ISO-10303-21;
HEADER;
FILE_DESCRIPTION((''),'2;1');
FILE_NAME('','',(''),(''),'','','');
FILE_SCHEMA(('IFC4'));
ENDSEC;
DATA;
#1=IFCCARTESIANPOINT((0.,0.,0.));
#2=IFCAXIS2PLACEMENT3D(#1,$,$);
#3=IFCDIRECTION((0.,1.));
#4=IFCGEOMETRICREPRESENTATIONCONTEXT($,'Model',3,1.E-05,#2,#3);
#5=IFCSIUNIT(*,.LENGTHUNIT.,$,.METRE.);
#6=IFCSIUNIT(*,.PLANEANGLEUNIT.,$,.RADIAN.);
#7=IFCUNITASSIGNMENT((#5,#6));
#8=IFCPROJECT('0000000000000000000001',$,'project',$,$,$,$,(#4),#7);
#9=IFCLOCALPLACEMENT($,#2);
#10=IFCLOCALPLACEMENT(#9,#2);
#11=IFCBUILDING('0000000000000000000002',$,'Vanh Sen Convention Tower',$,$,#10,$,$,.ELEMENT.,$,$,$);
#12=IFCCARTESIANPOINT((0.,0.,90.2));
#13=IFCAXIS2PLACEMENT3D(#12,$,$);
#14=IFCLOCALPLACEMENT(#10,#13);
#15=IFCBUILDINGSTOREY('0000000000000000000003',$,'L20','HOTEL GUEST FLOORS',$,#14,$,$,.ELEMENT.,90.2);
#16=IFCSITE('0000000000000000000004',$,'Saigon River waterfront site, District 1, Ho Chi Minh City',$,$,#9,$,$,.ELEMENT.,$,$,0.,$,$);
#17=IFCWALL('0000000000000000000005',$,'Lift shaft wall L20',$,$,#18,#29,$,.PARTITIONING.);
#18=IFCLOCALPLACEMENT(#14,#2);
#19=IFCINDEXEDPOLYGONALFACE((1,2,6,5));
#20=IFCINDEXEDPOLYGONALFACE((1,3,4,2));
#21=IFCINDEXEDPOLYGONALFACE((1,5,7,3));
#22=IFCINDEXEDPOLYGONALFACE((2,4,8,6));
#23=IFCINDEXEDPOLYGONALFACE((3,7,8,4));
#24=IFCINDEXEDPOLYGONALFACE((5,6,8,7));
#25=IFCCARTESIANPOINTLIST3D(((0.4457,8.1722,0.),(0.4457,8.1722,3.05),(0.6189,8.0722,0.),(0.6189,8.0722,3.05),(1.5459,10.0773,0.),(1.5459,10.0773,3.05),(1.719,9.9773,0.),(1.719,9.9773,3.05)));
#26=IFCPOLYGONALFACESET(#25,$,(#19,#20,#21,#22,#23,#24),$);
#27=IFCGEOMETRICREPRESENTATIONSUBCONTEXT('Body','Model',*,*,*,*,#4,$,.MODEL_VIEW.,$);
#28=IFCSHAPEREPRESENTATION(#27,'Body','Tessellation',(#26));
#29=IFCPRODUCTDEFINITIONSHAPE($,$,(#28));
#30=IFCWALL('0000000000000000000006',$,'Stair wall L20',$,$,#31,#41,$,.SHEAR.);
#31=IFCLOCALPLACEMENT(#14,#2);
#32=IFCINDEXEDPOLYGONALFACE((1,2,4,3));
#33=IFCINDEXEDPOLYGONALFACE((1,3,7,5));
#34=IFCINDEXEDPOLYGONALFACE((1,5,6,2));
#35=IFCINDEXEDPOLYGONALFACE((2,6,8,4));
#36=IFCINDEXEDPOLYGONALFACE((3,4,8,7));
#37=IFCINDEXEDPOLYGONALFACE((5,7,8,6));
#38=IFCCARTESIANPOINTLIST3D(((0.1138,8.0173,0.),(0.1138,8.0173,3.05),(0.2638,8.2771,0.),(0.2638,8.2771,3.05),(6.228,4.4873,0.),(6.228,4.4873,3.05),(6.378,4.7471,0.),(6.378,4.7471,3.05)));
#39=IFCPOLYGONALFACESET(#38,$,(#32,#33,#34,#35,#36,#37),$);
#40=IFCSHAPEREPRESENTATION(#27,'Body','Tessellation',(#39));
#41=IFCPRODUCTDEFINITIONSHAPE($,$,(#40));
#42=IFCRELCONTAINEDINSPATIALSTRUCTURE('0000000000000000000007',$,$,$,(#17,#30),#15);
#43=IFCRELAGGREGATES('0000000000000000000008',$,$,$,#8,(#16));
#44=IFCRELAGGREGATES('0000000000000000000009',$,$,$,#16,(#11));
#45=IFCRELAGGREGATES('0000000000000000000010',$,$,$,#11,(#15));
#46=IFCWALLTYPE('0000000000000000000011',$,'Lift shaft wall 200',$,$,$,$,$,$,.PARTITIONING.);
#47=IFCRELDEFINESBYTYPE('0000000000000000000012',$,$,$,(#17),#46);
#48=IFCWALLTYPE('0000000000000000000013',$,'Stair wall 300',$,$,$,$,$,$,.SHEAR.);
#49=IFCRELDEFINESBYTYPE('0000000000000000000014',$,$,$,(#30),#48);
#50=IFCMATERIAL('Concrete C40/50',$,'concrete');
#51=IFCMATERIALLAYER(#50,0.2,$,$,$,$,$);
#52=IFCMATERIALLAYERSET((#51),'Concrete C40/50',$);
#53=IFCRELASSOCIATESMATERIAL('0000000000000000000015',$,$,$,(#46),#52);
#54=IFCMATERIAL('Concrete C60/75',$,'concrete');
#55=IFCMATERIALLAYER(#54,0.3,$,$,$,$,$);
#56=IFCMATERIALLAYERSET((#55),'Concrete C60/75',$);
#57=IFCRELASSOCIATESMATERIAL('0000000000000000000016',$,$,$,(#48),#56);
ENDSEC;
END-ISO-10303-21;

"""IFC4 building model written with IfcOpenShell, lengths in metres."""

from ifc_helpers import new_model, si_unit, direction, frame, frame_2d, origin, place, context, subcontext, project, spatial, rectangle, extrude, material, layer, layer_set, type_object, element, save


model = new_model("IFC4")

# Units and contexts
model_context = context("Model", 3, precision=1e-05, world=origin(), true_north=direction((0.0, 1.0)))
body_context = subcontext(model_context, "Body", "Model", "MODEL_VIEW")
ifc_project = project(units=[si_unit("LENGTHUNIT", "METRE"), si_unit("PLANEANGLEUNIT", "RADIAN")], contexts=[model_context])

# Site, building, storey
site_placement = place(None, origin())
site = spatial("IfcSite", under=ifc_project, at=site_placement, Name="Saigon River waterfront site, District 1, Ho Chi Minh City", CompositionType="ELEMENT", RefElevation=0.0)
building_placement = place(site_placement, origin())
building = spatial("IfcBuilding", under=site, at=building_placement, Name="Vanh Sen Convention Tower", CompositionType="ELEMENT")
storey_placement = place(building_placement, frame((0.0, 0.0, 90.2)))
storey = spatial("IfcBuildingStorey", under=building, at=storey_placement, Name="L20", Description="HOTEL GUEST FLOORS", CompositionType="ELEMENT", Elevation=90.2)

# Shared definitions
ifc_material_1 = material(Name="Concrete C60/75", Category="concrete")

# Walls
ifc_material_2 = material(Name="Concrete C40/50", Category="concrete")
ifc_layer_1 = layer(ifc_material_2, 0.2)
ifc_layer_set_1 = layer_set([ifc_layer_1], Name="Concrete C40/50")
wall_type_1 = type_object("IfcWallType", Name="Lift shaft wall 200", PredefinedType="PARTITIONING", material=ifc_layer_set_1)
for number, where, z_axis, x_axis, name in (
    (1, (0.5322, 8.1221, 0.0), (0.0, 0.0, 1.0), (0.500078, 0.86598, 0.0), "Lift shaft wall L20"),
):
    element("IfcWall", number, at=place(storey_placement, frame(where, z_axis=z_axis, x_axis=x_axis)), inside=storey, type_object=wall_type_1, Name=name, PredefinedType="PARTITIONING", context=body_context, shape_type="SweptSolid", body=[
        extrude(rectangle(XDim=2.2, YDim=0.2, at=frame_2d((1.1001, 0.0))), origin(), (0.0, 0.0, 1.0), 3.05),
    ])
ifc_layer_2 = layer(ifc_material_1, 0.3)
ifc_layer_set_2 = layer_set([ifc_layer_2], Name="Concrete C60/75")
wall_type_2 = type_object("IfcWallType", Name="Stair wall 300", PredefinedType="SHEAR", material=ifc_layer_set_2)
wall_1_placement = place(storey_placement, frame((6.303, 4.6172, 0.0), z_axis=(0.0, 0.0, 1.0), x_axis=(-0.866028, 0.499996, 0.0)))
element("IfcWall", 2, at=wall_1_placement, inside=storey, type_object=wall_type_2, Name="Stair wall L20", PredefinedType="SHEAR", context=body_context, shape_type="SweptSolid", body=[
    extrude(rectangle(XDim=7.0601, YDim=0.3, at=frame_2d((3.53, 0.0))), origin(), (0.0, 0.0, 1.0), 3.05),
])

save(model, "model.ifc")
